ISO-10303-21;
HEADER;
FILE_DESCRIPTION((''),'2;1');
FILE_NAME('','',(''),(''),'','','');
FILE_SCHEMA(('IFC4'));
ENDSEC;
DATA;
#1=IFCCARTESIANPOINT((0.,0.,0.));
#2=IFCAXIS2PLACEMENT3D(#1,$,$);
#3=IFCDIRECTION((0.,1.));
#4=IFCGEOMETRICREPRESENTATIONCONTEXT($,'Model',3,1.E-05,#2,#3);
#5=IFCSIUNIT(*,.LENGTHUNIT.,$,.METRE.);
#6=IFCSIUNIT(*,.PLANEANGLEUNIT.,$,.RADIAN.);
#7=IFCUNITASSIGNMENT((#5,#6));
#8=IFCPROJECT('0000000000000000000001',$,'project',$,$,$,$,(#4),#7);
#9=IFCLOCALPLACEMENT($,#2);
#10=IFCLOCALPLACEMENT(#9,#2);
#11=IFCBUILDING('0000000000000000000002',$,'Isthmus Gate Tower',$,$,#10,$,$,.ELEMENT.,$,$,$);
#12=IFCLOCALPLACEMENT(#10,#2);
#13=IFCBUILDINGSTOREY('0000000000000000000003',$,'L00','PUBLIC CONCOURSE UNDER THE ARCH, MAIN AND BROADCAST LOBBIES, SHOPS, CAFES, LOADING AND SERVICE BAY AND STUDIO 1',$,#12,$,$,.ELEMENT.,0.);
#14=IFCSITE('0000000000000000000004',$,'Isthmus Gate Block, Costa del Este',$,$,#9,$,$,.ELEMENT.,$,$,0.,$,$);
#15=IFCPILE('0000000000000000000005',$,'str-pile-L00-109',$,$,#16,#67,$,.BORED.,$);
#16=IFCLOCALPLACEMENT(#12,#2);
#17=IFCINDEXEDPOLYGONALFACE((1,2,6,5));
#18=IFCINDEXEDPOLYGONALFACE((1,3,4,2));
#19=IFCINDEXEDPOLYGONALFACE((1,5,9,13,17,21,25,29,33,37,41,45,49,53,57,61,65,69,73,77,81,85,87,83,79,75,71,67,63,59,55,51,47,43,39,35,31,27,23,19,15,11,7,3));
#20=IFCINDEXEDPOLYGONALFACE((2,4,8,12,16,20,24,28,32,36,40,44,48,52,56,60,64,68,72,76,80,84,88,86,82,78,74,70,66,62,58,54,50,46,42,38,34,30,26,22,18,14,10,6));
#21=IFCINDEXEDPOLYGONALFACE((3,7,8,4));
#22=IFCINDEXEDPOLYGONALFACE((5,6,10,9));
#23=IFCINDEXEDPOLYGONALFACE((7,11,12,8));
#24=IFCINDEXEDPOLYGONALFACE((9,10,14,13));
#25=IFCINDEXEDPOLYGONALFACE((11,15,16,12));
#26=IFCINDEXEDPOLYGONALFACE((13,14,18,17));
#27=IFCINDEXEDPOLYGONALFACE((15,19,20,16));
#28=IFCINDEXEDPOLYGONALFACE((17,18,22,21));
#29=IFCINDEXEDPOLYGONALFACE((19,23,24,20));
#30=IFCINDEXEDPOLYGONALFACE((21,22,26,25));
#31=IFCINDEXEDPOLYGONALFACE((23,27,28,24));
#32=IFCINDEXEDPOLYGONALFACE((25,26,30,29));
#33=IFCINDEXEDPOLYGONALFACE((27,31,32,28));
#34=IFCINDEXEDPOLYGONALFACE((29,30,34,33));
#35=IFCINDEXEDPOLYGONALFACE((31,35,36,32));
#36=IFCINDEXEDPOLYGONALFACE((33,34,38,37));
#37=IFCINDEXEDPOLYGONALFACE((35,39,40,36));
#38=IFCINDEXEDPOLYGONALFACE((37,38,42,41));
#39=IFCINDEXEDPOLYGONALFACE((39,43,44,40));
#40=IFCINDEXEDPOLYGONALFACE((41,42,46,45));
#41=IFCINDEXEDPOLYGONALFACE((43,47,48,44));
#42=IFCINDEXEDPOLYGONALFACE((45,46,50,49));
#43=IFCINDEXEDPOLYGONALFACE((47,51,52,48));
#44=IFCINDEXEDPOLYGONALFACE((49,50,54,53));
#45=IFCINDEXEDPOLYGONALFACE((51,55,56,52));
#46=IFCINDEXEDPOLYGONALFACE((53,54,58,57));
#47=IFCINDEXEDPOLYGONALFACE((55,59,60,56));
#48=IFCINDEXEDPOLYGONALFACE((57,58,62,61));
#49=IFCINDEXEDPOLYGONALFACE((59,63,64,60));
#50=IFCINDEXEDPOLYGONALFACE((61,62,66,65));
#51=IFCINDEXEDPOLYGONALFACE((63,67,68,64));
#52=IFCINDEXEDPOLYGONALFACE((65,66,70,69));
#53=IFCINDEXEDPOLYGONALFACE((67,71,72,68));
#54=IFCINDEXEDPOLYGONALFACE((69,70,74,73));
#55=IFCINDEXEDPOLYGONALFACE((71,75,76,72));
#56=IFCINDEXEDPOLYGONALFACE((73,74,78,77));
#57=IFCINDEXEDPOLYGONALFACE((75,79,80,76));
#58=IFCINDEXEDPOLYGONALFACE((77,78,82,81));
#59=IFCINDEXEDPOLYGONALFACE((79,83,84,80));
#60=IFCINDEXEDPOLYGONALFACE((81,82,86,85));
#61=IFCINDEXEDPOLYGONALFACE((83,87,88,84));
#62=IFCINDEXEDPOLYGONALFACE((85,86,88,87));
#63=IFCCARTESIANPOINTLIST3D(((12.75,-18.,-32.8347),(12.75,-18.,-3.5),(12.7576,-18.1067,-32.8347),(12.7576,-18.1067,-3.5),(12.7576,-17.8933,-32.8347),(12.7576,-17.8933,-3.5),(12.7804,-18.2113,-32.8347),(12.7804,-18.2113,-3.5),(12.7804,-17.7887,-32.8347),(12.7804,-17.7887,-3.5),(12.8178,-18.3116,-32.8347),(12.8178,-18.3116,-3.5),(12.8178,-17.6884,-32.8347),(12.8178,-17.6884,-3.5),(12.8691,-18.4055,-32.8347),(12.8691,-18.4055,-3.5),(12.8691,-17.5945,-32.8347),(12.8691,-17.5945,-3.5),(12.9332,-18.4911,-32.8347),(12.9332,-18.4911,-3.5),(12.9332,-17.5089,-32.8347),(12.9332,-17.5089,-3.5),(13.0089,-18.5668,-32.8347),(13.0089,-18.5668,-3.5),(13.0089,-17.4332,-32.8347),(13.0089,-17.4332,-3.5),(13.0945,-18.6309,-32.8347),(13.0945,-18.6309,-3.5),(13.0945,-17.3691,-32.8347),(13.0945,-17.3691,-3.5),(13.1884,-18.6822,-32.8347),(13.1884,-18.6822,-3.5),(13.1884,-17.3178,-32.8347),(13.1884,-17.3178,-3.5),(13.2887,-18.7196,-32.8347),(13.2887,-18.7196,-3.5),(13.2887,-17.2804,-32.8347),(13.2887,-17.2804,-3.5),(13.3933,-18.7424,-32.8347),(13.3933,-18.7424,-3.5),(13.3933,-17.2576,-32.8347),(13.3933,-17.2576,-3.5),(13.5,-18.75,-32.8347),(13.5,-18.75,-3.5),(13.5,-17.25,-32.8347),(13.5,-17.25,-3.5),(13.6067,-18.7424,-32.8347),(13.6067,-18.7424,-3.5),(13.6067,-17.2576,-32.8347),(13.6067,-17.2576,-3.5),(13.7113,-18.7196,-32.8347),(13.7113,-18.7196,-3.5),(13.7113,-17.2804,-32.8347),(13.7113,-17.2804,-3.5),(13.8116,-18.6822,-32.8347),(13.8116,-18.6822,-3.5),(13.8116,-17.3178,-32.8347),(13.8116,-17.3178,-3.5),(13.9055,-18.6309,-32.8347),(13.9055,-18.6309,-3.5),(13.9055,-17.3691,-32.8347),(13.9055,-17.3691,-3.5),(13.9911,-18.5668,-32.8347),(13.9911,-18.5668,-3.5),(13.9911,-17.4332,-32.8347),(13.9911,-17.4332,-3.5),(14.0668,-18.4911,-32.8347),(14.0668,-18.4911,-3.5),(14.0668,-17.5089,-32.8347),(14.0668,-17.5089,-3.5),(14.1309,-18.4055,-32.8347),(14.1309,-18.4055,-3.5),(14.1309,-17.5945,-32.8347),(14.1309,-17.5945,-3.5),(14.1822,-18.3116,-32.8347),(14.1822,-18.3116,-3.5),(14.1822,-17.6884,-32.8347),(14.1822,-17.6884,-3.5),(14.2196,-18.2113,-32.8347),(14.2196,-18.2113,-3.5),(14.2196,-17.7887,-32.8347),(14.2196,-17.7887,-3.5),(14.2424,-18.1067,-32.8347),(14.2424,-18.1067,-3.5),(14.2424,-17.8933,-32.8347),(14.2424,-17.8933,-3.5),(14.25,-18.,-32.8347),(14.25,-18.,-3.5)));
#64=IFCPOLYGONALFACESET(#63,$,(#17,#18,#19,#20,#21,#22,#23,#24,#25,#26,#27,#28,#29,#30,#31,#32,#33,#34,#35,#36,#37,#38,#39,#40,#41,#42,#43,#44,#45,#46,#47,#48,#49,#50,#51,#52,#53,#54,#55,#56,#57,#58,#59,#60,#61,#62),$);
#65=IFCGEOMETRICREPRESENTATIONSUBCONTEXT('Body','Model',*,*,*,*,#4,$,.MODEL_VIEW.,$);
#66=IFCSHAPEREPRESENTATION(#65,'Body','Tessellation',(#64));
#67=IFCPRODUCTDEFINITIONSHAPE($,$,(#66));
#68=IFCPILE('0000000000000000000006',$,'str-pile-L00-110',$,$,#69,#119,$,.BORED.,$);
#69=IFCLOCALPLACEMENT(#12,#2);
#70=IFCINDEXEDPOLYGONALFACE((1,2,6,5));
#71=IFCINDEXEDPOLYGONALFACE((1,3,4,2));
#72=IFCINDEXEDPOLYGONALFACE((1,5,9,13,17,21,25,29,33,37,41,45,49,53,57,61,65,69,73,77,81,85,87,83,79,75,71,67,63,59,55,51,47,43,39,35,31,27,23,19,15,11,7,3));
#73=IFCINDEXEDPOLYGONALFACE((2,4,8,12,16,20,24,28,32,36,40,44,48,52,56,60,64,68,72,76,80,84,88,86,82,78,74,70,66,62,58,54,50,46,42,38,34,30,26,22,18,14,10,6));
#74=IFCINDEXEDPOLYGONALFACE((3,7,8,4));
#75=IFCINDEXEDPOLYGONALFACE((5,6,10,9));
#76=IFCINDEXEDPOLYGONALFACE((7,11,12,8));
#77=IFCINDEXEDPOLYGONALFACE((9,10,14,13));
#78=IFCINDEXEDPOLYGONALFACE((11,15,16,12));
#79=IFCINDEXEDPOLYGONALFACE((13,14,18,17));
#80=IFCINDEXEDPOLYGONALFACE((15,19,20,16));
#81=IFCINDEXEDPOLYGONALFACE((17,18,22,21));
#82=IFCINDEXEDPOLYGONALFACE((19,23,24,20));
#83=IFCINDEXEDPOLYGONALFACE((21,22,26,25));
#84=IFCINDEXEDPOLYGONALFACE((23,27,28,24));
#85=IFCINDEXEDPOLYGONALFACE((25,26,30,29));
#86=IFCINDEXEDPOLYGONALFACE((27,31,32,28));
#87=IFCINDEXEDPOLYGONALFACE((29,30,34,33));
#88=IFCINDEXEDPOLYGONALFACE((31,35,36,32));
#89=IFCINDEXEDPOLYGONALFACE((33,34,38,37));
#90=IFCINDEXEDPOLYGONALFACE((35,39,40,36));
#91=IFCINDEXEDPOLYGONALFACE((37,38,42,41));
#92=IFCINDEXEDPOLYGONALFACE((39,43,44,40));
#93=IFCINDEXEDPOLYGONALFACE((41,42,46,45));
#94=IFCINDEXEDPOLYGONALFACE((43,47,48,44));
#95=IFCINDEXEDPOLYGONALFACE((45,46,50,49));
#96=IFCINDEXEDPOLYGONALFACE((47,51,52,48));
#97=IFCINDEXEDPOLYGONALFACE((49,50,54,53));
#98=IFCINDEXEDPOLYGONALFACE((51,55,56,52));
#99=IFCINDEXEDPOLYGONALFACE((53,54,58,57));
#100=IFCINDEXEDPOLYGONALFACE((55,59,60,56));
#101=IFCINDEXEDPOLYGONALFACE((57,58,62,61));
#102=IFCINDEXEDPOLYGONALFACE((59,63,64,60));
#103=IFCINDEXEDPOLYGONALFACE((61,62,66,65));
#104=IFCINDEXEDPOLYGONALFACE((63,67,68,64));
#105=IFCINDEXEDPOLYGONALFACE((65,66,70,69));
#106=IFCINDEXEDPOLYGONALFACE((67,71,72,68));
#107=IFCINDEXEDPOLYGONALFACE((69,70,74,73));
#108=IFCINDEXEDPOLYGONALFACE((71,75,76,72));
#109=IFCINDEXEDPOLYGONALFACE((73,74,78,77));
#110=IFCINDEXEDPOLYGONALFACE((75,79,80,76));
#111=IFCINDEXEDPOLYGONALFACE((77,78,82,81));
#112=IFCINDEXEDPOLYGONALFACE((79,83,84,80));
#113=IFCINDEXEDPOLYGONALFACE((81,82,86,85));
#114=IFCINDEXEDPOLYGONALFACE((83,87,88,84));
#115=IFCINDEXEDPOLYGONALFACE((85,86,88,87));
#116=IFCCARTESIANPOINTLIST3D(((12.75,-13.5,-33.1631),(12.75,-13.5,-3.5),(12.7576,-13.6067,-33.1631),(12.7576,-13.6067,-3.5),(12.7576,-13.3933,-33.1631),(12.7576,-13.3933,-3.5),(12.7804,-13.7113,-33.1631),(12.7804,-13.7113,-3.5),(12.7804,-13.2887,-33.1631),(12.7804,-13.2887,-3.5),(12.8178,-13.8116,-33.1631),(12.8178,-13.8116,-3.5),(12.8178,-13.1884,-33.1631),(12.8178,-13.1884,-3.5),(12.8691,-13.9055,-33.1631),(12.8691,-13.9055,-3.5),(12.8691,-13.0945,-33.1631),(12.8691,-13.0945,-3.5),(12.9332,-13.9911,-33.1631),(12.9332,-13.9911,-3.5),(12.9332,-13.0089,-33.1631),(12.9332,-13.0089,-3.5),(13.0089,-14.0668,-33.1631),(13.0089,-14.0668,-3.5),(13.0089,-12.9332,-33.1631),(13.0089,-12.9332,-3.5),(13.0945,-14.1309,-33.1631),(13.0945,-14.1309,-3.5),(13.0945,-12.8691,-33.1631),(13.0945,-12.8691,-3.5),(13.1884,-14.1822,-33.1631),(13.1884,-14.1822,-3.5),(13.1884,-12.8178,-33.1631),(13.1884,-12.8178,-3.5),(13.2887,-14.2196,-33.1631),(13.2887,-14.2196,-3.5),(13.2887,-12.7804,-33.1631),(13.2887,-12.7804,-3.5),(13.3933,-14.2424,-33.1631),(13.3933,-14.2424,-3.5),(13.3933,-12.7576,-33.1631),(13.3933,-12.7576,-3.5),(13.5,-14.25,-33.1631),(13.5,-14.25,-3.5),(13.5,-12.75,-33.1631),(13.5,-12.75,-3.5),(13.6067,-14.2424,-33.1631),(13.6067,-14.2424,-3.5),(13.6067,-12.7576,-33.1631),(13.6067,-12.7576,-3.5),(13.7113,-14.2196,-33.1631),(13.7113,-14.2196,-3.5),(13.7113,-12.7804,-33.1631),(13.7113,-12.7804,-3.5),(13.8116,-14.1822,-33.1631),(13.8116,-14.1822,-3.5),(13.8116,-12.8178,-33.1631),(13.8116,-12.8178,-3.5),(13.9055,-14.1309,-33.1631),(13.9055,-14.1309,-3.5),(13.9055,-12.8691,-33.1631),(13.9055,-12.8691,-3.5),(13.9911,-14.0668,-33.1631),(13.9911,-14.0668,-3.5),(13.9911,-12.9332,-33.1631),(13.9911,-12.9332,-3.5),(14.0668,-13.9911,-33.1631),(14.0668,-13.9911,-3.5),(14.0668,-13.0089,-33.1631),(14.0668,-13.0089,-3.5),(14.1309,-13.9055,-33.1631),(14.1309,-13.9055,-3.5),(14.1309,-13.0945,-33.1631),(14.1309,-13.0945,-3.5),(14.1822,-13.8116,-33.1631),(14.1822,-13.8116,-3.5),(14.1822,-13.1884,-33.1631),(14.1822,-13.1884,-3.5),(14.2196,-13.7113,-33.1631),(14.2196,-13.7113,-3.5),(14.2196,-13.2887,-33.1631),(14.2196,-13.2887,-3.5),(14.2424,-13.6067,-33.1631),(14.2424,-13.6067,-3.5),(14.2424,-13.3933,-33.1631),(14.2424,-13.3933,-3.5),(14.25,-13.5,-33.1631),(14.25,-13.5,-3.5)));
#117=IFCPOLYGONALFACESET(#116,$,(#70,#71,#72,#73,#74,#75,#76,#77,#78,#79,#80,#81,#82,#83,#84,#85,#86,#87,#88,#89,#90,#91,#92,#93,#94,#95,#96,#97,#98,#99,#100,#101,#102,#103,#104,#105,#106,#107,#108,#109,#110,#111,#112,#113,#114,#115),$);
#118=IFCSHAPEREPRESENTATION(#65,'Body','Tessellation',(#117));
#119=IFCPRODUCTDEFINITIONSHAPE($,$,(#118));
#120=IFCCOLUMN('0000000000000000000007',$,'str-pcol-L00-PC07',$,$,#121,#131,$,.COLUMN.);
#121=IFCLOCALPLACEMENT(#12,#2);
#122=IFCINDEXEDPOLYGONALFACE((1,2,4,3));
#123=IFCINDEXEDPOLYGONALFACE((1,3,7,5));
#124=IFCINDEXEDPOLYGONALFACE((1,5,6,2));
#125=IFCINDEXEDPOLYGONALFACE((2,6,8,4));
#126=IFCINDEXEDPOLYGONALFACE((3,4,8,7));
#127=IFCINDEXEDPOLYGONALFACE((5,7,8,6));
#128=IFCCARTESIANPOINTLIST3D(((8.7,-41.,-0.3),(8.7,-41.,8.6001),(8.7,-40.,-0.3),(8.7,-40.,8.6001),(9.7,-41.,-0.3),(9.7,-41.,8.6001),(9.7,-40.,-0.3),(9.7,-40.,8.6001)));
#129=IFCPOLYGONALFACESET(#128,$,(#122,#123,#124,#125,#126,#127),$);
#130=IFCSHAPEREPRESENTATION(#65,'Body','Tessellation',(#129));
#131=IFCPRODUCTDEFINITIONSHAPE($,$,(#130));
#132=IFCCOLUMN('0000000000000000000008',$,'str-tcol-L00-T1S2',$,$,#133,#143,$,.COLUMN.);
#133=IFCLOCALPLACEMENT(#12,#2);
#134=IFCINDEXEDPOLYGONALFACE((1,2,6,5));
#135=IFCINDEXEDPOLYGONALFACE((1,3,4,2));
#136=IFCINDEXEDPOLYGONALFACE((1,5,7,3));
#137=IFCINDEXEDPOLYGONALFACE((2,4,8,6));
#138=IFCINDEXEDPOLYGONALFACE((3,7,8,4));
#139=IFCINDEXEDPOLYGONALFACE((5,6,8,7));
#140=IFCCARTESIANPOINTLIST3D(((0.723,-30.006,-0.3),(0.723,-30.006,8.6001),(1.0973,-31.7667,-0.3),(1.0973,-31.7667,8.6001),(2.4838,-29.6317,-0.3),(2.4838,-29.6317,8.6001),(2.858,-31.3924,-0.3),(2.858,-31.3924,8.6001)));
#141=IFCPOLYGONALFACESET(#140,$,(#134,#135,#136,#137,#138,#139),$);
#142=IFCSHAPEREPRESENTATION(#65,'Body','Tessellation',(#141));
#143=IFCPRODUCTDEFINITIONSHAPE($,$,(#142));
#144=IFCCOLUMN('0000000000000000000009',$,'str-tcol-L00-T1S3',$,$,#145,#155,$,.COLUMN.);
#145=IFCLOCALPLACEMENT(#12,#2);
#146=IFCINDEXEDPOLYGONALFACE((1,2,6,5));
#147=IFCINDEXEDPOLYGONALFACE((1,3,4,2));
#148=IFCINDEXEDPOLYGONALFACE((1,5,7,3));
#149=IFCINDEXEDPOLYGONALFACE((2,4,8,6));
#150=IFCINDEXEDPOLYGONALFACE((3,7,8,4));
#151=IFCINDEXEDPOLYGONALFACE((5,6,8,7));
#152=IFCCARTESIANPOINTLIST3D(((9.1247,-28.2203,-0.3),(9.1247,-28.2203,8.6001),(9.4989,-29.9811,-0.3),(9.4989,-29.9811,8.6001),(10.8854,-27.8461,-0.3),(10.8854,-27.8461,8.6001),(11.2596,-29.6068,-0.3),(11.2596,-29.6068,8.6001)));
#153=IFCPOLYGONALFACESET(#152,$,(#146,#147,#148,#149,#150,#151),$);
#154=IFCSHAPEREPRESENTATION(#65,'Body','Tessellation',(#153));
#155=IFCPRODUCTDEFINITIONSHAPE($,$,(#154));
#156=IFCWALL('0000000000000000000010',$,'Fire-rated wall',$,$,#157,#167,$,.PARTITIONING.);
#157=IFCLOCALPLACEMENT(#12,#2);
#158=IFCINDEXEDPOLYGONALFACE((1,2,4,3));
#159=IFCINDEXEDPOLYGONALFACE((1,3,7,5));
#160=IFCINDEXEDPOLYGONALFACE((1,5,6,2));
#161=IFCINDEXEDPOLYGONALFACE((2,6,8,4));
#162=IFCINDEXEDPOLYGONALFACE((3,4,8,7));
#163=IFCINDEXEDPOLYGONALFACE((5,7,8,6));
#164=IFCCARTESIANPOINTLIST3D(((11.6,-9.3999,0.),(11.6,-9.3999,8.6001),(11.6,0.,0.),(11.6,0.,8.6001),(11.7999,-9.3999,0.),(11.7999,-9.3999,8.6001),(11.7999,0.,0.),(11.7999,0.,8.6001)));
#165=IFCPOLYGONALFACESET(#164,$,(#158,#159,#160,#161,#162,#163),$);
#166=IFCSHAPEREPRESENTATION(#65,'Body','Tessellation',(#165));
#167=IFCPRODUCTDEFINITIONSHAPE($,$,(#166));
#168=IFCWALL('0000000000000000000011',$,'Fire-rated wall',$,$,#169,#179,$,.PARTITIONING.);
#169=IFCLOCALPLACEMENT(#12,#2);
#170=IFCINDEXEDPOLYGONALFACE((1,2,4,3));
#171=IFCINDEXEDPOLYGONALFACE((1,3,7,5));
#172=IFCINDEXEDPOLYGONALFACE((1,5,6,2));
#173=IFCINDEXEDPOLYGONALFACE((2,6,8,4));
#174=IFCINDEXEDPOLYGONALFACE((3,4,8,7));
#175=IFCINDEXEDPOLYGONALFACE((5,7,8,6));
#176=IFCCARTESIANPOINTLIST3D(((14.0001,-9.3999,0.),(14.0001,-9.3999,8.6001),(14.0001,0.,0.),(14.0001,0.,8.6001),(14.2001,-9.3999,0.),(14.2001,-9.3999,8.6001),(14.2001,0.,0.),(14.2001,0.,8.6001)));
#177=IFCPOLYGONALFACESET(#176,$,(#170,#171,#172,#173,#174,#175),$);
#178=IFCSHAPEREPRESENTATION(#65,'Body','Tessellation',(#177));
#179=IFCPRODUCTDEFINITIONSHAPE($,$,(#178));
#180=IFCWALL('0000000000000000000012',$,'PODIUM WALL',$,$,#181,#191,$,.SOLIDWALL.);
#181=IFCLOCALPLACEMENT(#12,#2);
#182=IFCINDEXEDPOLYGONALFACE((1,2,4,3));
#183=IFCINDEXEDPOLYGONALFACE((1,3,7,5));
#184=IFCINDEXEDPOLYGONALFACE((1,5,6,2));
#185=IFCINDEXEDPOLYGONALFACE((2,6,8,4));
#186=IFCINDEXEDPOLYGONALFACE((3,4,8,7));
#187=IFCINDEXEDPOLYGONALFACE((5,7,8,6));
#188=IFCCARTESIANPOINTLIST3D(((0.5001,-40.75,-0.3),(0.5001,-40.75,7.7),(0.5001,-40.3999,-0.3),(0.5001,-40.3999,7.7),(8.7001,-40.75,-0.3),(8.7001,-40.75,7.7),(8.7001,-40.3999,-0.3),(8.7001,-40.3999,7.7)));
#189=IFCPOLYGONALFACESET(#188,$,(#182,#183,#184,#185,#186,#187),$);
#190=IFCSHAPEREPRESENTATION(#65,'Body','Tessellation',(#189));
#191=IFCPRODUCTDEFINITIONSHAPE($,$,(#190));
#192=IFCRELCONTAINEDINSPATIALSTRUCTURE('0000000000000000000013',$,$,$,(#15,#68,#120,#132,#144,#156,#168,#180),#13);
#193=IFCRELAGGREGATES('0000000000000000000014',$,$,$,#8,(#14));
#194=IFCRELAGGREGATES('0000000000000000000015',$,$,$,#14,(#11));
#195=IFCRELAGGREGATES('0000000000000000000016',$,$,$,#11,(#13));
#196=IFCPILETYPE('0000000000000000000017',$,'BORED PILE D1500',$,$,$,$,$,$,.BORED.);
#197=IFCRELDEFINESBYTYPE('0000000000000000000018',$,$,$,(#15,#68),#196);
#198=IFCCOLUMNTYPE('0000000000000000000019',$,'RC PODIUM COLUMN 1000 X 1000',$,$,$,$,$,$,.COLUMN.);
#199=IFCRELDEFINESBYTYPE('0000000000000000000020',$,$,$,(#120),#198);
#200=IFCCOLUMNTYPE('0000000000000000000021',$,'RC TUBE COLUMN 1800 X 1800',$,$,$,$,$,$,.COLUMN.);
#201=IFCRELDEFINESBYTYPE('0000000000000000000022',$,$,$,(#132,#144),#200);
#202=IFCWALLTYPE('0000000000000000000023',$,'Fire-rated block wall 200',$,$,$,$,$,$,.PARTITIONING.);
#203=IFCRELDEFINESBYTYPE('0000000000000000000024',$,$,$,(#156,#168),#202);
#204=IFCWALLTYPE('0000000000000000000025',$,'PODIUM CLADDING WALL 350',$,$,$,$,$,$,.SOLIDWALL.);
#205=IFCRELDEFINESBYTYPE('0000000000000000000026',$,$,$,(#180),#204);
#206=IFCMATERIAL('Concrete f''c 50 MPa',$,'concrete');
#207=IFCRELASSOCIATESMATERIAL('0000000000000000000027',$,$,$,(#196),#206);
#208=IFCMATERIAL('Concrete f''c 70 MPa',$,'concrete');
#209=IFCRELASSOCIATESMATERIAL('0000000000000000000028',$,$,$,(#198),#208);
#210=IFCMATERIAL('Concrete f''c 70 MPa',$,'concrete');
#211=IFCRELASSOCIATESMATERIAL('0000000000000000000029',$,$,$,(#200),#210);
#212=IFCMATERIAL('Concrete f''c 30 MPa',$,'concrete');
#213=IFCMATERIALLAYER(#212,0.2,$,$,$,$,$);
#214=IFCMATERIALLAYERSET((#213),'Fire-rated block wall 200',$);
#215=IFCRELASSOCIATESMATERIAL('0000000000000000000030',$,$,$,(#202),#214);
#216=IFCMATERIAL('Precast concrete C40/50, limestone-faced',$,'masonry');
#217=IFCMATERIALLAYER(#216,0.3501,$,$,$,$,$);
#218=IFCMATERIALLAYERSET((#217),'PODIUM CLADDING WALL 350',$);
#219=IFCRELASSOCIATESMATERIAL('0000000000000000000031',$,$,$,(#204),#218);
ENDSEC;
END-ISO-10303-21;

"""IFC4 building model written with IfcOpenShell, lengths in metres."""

from ifc_helpers import new_model, si_unit, direction, frame, frame_2d, origin, origin_2d, place, context, subcontext, project, spatial, rectangle, circle, extrude, material, layer, layer_set, material_profile, profile_set, type_object, element, save


model = new_model("IFC4")

# Units and contexts
model_context = context("Model", 3, precision=1e-05, world=origin(), true_north=direction((0.0, 1.0)))
body_context = subcontext(model_context, "Body", "Model", "MODEL_VIEW")
ifc_project = project(units=[si_unit("LENGTHUNIT", "METRE"), si_unit("PLANEANGLEUNIT", "RADIAN")], contexts=[model_context])

# Site, building, storey
site_placement = place(None, origin())
site = spatial("IfcSite", under=ifc_project, at=site_placement, Name="Isthmus Gate Block, Costa del Este", CompositionType="ELEMENT", RefElevation=0.0)
building_placement = place(site_placement, origin())
building = spatial("IfcBuilding", under=site, at=building_placement, Name="Isthmus Gate Tower", CompositionType="ELEMENT")
storey_placement = place(building_placement, origin())
storey = spatial("IfcBuildingStorey", under=building, at=storey_placement, Name="L00", Description="PUBLIC CONCOURSE UNDER THE ARCH, MAIN AND BROADCAST LOBBIES, SHOPS, CAFES, LOADING AND SERVICE BAY AND STUDIO 1", CompositionType="ELEMENT", Elevation=0.0)

# Piles
ifc_material_1 = material(Name="Concrete f'c 50 MPa", Category="concrete")
ifc_material_profile_1 = material_profile(ifc_material_1, circle(Radius=0.75, at=origin_2d()), Name="D1500")
ifc_profile_set_1 = profile_set([ifc_material_profile_1], Name="Concrete f'c 50 MPa")
pile_type_1 = type_object("IfcPileType", Name="BORED PILE D1500", PredefinedType="BORED", material=ifc_profile_set_1)
pile_1_placement = place(storey_placement, frame((13.5, -18.0, -3.5), z_axis=(0.0, 0.0, -1.0), x_axis=(1.0, 0.0, 0.0)))
element("IfcPile", 1, at=pile_1_placement, inside=storey, type_object=pile_type_1, Name="str-pile-L00-109", PredefinedType="BORED", context=body_context, shape_type="SweptSolid", body=[
    extrude(circle(Radius=0.75, at=origin_2d()), origin(), (0.0, 0.0, 1.0), 29.3347),
])
pile_2_placement = place(storey_placement, frame((13.5, -13.5, -3.5), z_axis=(0.0, 0.0, -1.0), x_axis=(1.0, 0.0, 0.0)))
element("IfcPile", 2, at=pile_2_placement, inside=storey, type_object=pile_type_1, Name="str-pile-L00-110", PredefinedType="BORED", context=body_context, shape_type="SweptSolid", body=[
    extrude(circle(Radius=0.75, at=origin_2d()), origin(), (0.0, 0.0, 1.0), 29.6631),
])

# Columns
ifc_material_2 = material(Name="Concrete f'c 70 MPa", Category="concrete")
ifc_material_profile_2 = material_profile(ifc_material_2, rectangle(XDim=1.0, YDim=1.0, at=origin_2d()), Name="RC 1000X1000")
ifc_profile_set_2 = profile_set([ifc_material_profile_2], Name="Concrete f'c 70 MPa")
column_type_1 = type_object("IfcColumnType", Name="RC PODIUM COLUMN 1000 X 1000", PredefinedType="COLUMN", material=ifc_profile_set_2)
column_placement = place(storey_placement, frame((9.2, -40.5, -0.3), z_axis=(0.0, 0.0, 1.0), x_axis=(1.0, 0.0, 0.0)))
element("IfcColumn", 3, at=column_placement, inside=storey, type_object=column_type_1, Name="str-pcol-L00-PC07", PredefinedType="COLUMN", context=body_context, shape_type="SweptSolid", body=[
    extrude(rectangle(XDim=1.0, YDim=1.0, at=origin_2d()), origin(), (0.0, 0.0, 1.0), 8.9001),
])
ifc_material_3 = material(Name="Concrete f'c 70 MPa", Category="concrete")
ifc_material_profile_3 = material_profile(ifc_material_3, rectangle(XDim=1.8, YDim=1.8, at=origin_2d()), Name="RC 1800X1800")
ifc_profile_set_3 = profile_set([ifc_material_profile_3], Name="Concrete f'c 70 MPa")
column_type_2 = type_object("IfcColumnType", Name="RC TUBE COLUMN 1800 X 1800", PredefinedType="COLUMN", material=ifc_profile_set_3)
for number, where, z_axis, x_axis, name in (
    (4, (1.7905, -30.6992, -0.3), (0.0, 0.0, 1.0), (0.978148, 0.207912, 0.0), "str-tcol-L00-T1S2"),
    (5, (10.1921, -28.9136, -0.3), (0.0, 0.0, 1.0), (0.978148, 0.207912, 0.0), "str-tcol-L00-T1S3"),
):
    element("IfcColumn", number, at=place(storey_placement, frame(where, z_axis=z_axis, x_axis=x_axis)), inside=storey, type_object=column_type_2, Name=name, PredefinedType="COLUMN", context=body_context, shape_type="SweptSolid", body=[
        extrude(rectangle(XDim=1.8, YDim=1.8, at=origin_2d()), origin(), (0.0, 0.0, 1.0), 8.9001),
    ])

# Walls
ifc_material_4 = material(Name="Concrete f'c 30 MPa", Category="concrete")
ifc_layer_1 = layer(ifc_material_4, 0.2)
ifc_layer_set_1 = layer_set([ifc_layer_1], Name="Fire-rated block wall 200")
wall_type_1 = type_object("IfcWallType", Name="Fire-rated block wall 200", PredefinedType="PARTITIONING", material=ifc_layer_set_1)
for number, where, z_axis, x_axis, name in (
    (6, (11.7, -9.3999, 0.0), (0.0, 0.0, 1.0), (0.0, 1.0, 0.0), "Fire-rated wall"),
    (7, (14.1001, -9.3999, 0.0), (0.0, 0.0, 1.0), (0.0, 1.0, 0.0), "Fire-rated wall"),
):
    element("IfcWall", number, at=place(storey_placement, frame(where, z_axis=z_axis, x_axis=x_axis)), inside=storey, type_object=wall_type_1, Name=name, PredefinedType="PARTITIONING", context=body_context, shape_type="SweptSolid", body=[
        extrude(rectangle(XDim=9.3999, YDim=0.2, at=frame_2d((4.7, 0.0))), origin(), (0.0, 0.0, 1.0), 8.6001),
    ])
ifc_material_5 = material(Name="Precast concrete C40/50, limestone-faced", Category="masonry")
ifc_layer_2 = layer(ifc_material_5, 0.3501)
ifc_layer_set_2 = layer_set([ifc_layer_2], Name="PODIUM CLADDING WALL 350")
wall_type_2 = type_object("IfcWallType", Name="PODIUM CLADDING WALL 350", PredefinedType="SOLIDWALL", material=ifc_layer_set_2)
for number, where, z_axis, x_axis, name in (
    (8, (0.5, -40.575, -0.3), (0.0, 0.0, 1.0), (1.0, 0.0, 0.0), "PODIUM WALL"),
):
    element("IfcWall", number, at=place(storey_placement, frame(where, z_axis=z_axis, x_axis=x_axis)), inside=storey, type_object=wall_type_2, Name=name, PredefinedType="SOLIDWALL", context=body_context, shape_type="SweptSolid", body=[
        extrude(rectangle(XDim=8.2, YDim=0.3501, at=frame_2d((4.1001, 0.0))), origin(), (0.0, 0.0, 1.0), 8.0),
    ])

save(model, "model.ifc")
